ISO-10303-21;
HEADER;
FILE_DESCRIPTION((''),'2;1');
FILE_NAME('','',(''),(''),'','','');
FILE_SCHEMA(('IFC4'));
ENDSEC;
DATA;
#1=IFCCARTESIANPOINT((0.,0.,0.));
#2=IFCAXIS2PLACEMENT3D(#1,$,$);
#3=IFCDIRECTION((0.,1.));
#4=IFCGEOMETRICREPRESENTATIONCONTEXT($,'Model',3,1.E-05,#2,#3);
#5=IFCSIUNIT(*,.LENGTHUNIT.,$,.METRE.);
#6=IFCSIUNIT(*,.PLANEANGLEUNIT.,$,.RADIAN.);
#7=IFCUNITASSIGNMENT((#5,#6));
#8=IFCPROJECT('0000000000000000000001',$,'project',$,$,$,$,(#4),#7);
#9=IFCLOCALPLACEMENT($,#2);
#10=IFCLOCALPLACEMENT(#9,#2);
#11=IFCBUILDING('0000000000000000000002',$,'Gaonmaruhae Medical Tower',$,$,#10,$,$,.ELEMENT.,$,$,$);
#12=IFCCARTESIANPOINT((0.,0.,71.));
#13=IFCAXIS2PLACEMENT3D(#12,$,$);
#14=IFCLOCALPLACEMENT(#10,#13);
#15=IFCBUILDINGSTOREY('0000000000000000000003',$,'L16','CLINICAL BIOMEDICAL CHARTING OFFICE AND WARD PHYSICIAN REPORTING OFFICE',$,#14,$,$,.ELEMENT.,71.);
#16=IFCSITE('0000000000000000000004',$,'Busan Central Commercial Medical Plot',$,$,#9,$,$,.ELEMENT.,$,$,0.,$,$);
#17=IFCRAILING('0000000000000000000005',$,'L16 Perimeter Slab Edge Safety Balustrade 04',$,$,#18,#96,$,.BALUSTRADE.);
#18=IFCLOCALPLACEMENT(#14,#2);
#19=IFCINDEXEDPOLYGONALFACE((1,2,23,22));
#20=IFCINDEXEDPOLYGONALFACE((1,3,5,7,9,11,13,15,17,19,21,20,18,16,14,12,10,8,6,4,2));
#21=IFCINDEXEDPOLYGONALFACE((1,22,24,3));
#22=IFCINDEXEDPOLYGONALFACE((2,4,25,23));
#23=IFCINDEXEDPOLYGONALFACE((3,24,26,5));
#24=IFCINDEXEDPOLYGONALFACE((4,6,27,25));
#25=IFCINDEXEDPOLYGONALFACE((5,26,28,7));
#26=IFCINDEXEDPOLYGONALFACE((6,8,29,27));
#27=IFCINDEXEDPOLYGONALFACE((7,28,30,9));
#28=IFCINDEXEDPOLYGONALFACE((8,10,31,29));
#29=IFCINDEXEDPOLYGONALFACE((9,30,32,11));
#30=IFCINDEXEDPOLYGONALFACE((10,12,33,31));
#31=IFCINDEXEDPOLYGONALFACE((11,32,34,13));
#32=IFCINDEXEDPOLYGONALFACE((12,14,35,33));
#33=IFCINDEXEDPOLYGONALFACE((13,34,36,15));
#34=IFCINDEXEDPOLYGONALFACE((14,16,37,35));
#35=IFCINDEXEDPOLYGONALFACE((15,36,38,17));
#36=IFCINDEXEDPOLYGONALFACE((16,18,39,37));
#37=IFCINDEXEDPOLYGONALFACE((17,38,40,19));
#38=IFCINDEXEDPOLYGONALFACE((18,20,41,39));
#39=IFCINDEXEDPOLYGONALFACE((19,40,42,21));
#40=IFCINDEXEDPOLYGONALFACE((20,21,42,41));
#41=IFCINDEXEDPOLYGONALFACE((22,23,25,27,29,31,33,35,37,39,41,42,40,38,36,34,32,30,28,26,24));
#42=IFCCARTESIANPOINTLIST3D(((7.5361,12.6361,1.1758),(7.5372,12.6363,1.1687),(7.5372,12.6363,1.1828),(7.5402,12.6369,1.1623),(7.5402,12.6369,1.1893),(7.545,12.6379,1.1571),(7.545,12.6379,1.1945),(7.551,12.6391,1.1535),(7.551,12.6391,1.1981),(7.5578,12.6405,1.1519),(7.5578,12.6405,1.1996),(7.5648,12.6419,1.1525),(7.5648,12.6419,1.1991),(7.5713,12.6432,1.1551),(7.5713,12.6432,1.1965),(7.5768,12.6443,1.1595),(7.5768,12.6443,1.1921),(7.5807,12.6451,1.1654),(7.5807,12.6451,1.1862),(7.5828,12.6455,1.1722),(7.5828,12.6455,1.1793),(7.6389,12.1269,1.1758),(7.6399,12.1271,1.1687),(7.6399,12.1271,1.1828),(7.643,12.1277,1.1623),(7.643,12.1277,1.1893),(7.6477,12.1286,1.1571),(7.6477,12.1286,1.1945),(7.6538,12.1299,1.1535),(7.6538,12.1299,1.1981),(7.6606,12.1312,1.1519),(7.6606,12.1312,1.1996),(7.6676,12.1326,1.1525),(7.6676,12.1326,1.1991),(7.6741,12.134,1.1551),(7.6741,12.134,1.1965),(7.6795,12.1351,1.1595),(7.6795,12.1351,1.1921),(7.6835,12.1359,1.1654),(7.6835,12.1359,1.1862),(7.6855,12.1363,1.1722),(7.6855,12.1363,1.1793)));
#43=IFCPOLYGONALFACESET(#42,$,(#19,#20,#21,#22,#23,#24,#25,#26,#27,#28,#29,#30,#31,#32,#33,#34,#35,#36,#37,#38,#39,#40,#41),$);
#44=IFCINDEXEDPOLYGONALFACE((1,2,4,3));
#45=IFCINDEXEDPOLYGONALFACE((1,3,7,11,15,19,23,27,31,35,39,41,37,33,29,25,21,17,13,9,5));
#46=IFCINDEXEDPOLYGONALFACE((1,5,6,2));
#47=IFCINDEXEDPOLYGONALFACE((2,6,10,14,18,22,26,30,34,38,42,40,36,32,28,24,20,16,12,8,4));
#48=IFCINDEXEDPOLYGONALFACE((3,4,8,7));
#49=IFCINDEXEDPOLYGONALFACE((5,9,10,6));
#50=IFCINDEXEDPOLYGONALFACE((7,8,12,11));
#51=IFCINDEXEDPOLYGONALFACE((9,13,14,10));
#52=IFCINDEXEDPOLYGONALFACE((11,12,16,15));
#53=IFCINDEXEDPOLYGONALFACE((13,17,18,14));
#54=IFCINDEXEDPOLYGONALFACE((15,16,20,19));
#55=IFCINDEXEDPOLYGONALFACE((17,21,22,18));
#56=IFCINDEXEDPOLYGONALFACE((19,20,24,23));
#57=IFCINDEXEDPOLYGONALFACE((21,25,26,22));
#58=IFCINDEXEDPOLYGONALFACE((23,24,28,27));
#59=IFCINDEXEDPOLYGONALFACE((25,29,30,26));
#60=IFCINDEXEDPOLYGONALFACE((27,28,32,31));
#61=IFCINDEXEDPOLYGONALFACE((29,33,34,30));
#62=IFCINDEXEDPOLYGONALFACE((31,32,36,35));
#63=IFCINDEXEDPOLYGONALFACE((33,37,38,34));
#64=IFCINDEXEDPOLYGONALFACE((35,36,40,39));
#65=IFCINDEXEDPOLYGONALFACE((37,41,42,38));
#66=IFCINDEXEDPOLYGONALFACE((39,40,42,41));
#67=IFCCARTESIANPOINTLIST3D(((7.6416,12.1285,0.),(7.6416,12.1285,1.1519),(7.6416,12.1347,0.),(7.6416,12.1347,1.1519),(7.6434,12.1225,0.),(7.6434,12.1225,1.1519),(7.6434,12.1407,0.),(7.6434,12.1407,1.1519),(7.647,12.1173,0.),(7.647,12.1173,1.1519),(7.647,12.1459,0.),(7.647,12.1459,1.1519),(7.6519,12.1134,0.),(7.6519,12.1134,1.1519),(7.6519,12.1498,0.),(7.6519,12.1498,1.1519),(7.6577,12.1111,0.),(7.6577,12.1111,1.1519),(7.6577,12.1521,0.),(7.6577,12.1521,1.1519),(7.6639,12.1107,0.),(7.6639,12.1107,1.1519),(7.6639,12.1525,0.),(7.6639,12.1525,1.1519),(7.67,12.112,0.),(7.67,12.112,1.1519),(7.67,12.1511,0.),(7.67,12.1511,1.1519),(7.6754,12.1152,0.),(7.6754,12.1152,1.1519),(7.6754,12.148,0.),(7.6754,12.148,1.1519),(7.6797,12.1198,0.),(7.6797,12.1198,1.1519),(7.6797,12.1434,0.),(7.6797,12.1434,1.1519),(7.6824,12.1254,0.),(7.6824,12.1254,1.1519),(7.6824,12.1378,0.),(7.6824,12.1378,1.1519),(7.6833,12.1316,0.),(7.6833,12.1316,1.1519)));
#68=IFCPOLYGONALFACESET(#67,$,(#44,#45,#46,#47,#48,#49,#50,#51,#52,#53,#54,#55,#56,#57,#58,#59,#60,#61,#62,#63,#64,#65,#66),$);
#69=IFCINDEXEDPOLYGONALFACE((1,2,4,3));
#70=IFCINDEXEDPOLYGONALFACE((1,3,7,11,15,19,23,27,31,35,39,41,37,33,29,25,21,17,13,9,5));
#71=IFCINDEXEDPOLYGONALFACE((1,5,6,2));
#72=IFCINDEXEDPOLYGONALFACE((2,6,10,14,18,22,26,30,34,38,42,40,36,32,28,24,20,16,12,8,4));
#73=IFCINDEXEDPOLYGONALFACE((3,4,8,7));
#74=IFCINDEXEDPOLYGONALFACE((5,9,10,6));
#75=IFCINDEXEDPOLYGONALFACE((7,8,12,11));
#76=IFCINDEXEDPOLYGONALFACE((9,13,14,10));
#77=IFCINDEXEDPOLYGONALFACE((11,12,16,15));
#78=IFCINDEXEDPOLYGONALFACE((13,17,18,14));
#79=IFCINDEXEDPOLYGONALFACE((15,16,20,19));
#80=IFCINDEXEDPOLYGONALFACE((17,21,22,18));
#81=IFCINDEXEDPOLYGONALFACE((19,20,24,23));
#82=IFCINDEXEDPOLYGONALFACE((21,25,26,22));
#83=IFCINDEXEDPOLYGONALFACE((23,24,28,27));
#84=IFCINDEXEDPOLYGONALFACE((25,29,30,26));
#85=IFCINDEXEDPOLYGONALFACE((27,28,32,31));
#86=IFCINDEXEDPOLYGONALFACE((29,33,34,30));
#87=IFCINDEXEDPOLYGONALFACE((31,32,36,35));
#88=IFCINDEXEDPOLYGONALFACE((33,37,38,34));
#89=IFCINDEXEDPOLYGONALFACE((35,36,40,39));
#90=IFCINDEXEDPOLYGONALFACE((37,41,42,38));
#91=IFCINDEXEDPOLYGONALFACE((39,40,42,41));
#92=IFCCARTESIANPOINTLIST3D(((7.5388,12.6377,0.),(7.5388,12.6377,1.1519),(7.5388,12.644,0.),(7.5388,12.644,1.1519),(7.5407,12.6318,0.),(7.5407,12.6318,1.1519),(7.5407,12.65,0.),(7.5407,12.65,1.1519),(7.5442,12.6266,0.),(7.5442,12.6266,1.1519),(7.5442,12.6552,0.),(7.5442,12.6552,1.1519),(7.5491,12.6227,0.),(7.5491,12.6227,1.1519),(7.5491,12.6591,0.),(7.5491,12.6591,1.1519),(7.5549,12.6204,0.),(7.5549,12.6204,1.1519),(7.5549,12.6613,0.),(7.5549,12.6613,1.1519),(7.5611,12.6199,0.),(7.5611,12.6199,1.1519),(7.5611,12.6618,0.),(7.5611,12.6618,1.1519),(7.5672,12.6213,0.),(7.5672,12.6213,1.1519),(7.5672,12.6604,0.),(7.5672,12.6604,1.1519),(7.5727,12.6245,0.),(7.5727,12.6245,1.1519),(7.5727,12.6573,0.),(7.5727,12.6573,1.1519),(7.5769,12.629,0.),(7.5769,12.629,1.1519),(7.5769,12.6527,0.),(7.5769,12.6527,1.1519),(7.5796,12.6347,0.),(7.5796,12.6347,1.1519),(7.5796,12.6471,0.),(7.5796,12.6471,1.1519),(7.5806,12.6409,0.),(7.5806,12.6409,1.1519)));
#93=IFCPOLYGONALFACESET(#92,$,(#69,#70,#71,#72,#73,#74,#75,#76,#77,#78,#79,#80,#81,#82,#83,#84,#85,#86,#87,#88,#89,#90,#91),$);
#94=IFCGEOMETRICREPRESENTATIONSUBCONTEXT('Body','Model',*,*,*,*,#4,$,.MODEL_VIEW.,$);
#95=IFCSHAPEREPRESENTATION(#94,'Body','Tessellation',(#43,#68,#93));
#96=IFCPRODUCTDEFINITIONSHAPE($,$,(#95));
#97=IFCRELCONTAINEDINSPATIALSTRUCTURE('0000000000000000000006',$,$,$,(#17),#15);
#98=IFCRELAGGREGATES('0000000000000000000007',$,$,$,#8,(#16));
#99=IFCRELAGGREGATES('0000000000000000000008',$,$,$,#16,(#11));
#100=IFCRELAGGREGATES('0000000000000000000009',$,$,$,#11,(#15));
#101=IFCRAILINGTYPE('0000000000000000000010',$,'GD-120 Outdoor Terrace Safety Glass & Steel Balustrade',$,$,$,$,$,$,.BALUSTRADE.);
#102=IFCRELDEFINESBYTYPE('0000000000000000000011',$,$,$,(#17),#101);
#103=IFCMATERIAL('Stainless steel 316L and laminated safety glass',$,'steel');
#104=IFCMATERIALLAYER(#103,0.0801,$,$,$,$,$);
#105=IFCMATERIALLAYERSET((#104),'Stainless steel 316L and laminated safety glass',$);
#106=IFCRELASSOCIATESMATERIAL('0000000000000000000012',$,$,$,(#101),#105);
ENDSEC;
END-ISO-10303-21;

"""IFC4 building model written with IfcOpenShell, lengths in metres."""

from ifc_helpers import new_model, si_unit, direction, frame, origin, origin_2d, place, context, subcontext, project, spatial, circle, extrude, material, layer, layer_set, type_object, element, save


model = new_model("IFC4")

# Units and contexts
model_context = context("Model", 3, precision=1e-05, world=origin(), true_north=direction((0.0, 1.0)))
body_context = subcontext(model_context, "Body", "Model", "MODEL_VIEW")
ifc_project = project(units=[si_unit("LENGTHUNIT", "METRE"), si_unit("PLANEANGLEUNIT", "RADIAN")], contexts=[model_context])

# Site, building, storey
site_placement = place(None, origin())
site = spatial("IfcSite", under=ifc_project, at=site_placement, Name="Busan Central Commercial Medical Plot", CompositionType="ELEMENT", RefElevation=0.0)
building_placement = place(site_placement, origin())
building = spatial("IfcBuilding", under=site, at=building_placement, Name="Gaonmaruhae Medical Tower", CompositionType="ELEMENT")
storey_placement = place(building_placement, frame((0.0, 0.0, 71.0)))
storey = spatial("IfcBuildingStorey", under=building, at=storey_placement, Name="L16", Description="CLINICAL BIOMEDICAL CHARTING OFFICE AND WARD PHYSICIAN REPORTING OFFICE", CompositionType="ELEMENT", Elevation=71.0)

# Railing
ifc_material_1 = material(Name="Stainless steel 316L and laminated safety glass", Category="steel")
ifc_layer_1 = layer(ifc_material_1, 0.0801)
ifc_layer_set_1 = layer_set([ifc_layer_1], Name="Stainless steel 316L and laminated safety glass")
railing_type_1 = type_object("IfcRailingType", Name="GD-120 Outdoor Terrace Safety Glass & Steel Balustrade", PredefinedType="BALUSTRADE", material=ifc_layer_set_1)
railing_1_placement = place(storey_placement, frame((7.6624, 12.1316, 0.0)))
element("IfcRailing", 1, at=railing_1_placement, inside=storey, type_object=railing_type_1, Name="L16 Perimeter Slab Edge Safety Balustrade 04", PredefinedType="BALUSTRADE", context=body_context, shape_type="SweptSolid", body=[
    extrude(circle(Radius=0.0239, at=origin_2d()), frame((0.0, 0.0, 1.1758), z_axis=(-0.197833, 0.980236, 0.0), x_axis=(-0.980236, -0.197833, 0.0)), (0.0, 0.0, 1.0), 0.5195),
    extrude(circle(Radius=0.021, at=origin_2d()), origin(), (0.0, 0.0, 1.0), 1.1519),
    extrude(circle(Radius=0.021, at=origin_2d()), frame((-0.1028, 0.5093, 0.0)), (0.0, 0.0, 1.0), 1.1519),
])

save(model, "model.ifc")
